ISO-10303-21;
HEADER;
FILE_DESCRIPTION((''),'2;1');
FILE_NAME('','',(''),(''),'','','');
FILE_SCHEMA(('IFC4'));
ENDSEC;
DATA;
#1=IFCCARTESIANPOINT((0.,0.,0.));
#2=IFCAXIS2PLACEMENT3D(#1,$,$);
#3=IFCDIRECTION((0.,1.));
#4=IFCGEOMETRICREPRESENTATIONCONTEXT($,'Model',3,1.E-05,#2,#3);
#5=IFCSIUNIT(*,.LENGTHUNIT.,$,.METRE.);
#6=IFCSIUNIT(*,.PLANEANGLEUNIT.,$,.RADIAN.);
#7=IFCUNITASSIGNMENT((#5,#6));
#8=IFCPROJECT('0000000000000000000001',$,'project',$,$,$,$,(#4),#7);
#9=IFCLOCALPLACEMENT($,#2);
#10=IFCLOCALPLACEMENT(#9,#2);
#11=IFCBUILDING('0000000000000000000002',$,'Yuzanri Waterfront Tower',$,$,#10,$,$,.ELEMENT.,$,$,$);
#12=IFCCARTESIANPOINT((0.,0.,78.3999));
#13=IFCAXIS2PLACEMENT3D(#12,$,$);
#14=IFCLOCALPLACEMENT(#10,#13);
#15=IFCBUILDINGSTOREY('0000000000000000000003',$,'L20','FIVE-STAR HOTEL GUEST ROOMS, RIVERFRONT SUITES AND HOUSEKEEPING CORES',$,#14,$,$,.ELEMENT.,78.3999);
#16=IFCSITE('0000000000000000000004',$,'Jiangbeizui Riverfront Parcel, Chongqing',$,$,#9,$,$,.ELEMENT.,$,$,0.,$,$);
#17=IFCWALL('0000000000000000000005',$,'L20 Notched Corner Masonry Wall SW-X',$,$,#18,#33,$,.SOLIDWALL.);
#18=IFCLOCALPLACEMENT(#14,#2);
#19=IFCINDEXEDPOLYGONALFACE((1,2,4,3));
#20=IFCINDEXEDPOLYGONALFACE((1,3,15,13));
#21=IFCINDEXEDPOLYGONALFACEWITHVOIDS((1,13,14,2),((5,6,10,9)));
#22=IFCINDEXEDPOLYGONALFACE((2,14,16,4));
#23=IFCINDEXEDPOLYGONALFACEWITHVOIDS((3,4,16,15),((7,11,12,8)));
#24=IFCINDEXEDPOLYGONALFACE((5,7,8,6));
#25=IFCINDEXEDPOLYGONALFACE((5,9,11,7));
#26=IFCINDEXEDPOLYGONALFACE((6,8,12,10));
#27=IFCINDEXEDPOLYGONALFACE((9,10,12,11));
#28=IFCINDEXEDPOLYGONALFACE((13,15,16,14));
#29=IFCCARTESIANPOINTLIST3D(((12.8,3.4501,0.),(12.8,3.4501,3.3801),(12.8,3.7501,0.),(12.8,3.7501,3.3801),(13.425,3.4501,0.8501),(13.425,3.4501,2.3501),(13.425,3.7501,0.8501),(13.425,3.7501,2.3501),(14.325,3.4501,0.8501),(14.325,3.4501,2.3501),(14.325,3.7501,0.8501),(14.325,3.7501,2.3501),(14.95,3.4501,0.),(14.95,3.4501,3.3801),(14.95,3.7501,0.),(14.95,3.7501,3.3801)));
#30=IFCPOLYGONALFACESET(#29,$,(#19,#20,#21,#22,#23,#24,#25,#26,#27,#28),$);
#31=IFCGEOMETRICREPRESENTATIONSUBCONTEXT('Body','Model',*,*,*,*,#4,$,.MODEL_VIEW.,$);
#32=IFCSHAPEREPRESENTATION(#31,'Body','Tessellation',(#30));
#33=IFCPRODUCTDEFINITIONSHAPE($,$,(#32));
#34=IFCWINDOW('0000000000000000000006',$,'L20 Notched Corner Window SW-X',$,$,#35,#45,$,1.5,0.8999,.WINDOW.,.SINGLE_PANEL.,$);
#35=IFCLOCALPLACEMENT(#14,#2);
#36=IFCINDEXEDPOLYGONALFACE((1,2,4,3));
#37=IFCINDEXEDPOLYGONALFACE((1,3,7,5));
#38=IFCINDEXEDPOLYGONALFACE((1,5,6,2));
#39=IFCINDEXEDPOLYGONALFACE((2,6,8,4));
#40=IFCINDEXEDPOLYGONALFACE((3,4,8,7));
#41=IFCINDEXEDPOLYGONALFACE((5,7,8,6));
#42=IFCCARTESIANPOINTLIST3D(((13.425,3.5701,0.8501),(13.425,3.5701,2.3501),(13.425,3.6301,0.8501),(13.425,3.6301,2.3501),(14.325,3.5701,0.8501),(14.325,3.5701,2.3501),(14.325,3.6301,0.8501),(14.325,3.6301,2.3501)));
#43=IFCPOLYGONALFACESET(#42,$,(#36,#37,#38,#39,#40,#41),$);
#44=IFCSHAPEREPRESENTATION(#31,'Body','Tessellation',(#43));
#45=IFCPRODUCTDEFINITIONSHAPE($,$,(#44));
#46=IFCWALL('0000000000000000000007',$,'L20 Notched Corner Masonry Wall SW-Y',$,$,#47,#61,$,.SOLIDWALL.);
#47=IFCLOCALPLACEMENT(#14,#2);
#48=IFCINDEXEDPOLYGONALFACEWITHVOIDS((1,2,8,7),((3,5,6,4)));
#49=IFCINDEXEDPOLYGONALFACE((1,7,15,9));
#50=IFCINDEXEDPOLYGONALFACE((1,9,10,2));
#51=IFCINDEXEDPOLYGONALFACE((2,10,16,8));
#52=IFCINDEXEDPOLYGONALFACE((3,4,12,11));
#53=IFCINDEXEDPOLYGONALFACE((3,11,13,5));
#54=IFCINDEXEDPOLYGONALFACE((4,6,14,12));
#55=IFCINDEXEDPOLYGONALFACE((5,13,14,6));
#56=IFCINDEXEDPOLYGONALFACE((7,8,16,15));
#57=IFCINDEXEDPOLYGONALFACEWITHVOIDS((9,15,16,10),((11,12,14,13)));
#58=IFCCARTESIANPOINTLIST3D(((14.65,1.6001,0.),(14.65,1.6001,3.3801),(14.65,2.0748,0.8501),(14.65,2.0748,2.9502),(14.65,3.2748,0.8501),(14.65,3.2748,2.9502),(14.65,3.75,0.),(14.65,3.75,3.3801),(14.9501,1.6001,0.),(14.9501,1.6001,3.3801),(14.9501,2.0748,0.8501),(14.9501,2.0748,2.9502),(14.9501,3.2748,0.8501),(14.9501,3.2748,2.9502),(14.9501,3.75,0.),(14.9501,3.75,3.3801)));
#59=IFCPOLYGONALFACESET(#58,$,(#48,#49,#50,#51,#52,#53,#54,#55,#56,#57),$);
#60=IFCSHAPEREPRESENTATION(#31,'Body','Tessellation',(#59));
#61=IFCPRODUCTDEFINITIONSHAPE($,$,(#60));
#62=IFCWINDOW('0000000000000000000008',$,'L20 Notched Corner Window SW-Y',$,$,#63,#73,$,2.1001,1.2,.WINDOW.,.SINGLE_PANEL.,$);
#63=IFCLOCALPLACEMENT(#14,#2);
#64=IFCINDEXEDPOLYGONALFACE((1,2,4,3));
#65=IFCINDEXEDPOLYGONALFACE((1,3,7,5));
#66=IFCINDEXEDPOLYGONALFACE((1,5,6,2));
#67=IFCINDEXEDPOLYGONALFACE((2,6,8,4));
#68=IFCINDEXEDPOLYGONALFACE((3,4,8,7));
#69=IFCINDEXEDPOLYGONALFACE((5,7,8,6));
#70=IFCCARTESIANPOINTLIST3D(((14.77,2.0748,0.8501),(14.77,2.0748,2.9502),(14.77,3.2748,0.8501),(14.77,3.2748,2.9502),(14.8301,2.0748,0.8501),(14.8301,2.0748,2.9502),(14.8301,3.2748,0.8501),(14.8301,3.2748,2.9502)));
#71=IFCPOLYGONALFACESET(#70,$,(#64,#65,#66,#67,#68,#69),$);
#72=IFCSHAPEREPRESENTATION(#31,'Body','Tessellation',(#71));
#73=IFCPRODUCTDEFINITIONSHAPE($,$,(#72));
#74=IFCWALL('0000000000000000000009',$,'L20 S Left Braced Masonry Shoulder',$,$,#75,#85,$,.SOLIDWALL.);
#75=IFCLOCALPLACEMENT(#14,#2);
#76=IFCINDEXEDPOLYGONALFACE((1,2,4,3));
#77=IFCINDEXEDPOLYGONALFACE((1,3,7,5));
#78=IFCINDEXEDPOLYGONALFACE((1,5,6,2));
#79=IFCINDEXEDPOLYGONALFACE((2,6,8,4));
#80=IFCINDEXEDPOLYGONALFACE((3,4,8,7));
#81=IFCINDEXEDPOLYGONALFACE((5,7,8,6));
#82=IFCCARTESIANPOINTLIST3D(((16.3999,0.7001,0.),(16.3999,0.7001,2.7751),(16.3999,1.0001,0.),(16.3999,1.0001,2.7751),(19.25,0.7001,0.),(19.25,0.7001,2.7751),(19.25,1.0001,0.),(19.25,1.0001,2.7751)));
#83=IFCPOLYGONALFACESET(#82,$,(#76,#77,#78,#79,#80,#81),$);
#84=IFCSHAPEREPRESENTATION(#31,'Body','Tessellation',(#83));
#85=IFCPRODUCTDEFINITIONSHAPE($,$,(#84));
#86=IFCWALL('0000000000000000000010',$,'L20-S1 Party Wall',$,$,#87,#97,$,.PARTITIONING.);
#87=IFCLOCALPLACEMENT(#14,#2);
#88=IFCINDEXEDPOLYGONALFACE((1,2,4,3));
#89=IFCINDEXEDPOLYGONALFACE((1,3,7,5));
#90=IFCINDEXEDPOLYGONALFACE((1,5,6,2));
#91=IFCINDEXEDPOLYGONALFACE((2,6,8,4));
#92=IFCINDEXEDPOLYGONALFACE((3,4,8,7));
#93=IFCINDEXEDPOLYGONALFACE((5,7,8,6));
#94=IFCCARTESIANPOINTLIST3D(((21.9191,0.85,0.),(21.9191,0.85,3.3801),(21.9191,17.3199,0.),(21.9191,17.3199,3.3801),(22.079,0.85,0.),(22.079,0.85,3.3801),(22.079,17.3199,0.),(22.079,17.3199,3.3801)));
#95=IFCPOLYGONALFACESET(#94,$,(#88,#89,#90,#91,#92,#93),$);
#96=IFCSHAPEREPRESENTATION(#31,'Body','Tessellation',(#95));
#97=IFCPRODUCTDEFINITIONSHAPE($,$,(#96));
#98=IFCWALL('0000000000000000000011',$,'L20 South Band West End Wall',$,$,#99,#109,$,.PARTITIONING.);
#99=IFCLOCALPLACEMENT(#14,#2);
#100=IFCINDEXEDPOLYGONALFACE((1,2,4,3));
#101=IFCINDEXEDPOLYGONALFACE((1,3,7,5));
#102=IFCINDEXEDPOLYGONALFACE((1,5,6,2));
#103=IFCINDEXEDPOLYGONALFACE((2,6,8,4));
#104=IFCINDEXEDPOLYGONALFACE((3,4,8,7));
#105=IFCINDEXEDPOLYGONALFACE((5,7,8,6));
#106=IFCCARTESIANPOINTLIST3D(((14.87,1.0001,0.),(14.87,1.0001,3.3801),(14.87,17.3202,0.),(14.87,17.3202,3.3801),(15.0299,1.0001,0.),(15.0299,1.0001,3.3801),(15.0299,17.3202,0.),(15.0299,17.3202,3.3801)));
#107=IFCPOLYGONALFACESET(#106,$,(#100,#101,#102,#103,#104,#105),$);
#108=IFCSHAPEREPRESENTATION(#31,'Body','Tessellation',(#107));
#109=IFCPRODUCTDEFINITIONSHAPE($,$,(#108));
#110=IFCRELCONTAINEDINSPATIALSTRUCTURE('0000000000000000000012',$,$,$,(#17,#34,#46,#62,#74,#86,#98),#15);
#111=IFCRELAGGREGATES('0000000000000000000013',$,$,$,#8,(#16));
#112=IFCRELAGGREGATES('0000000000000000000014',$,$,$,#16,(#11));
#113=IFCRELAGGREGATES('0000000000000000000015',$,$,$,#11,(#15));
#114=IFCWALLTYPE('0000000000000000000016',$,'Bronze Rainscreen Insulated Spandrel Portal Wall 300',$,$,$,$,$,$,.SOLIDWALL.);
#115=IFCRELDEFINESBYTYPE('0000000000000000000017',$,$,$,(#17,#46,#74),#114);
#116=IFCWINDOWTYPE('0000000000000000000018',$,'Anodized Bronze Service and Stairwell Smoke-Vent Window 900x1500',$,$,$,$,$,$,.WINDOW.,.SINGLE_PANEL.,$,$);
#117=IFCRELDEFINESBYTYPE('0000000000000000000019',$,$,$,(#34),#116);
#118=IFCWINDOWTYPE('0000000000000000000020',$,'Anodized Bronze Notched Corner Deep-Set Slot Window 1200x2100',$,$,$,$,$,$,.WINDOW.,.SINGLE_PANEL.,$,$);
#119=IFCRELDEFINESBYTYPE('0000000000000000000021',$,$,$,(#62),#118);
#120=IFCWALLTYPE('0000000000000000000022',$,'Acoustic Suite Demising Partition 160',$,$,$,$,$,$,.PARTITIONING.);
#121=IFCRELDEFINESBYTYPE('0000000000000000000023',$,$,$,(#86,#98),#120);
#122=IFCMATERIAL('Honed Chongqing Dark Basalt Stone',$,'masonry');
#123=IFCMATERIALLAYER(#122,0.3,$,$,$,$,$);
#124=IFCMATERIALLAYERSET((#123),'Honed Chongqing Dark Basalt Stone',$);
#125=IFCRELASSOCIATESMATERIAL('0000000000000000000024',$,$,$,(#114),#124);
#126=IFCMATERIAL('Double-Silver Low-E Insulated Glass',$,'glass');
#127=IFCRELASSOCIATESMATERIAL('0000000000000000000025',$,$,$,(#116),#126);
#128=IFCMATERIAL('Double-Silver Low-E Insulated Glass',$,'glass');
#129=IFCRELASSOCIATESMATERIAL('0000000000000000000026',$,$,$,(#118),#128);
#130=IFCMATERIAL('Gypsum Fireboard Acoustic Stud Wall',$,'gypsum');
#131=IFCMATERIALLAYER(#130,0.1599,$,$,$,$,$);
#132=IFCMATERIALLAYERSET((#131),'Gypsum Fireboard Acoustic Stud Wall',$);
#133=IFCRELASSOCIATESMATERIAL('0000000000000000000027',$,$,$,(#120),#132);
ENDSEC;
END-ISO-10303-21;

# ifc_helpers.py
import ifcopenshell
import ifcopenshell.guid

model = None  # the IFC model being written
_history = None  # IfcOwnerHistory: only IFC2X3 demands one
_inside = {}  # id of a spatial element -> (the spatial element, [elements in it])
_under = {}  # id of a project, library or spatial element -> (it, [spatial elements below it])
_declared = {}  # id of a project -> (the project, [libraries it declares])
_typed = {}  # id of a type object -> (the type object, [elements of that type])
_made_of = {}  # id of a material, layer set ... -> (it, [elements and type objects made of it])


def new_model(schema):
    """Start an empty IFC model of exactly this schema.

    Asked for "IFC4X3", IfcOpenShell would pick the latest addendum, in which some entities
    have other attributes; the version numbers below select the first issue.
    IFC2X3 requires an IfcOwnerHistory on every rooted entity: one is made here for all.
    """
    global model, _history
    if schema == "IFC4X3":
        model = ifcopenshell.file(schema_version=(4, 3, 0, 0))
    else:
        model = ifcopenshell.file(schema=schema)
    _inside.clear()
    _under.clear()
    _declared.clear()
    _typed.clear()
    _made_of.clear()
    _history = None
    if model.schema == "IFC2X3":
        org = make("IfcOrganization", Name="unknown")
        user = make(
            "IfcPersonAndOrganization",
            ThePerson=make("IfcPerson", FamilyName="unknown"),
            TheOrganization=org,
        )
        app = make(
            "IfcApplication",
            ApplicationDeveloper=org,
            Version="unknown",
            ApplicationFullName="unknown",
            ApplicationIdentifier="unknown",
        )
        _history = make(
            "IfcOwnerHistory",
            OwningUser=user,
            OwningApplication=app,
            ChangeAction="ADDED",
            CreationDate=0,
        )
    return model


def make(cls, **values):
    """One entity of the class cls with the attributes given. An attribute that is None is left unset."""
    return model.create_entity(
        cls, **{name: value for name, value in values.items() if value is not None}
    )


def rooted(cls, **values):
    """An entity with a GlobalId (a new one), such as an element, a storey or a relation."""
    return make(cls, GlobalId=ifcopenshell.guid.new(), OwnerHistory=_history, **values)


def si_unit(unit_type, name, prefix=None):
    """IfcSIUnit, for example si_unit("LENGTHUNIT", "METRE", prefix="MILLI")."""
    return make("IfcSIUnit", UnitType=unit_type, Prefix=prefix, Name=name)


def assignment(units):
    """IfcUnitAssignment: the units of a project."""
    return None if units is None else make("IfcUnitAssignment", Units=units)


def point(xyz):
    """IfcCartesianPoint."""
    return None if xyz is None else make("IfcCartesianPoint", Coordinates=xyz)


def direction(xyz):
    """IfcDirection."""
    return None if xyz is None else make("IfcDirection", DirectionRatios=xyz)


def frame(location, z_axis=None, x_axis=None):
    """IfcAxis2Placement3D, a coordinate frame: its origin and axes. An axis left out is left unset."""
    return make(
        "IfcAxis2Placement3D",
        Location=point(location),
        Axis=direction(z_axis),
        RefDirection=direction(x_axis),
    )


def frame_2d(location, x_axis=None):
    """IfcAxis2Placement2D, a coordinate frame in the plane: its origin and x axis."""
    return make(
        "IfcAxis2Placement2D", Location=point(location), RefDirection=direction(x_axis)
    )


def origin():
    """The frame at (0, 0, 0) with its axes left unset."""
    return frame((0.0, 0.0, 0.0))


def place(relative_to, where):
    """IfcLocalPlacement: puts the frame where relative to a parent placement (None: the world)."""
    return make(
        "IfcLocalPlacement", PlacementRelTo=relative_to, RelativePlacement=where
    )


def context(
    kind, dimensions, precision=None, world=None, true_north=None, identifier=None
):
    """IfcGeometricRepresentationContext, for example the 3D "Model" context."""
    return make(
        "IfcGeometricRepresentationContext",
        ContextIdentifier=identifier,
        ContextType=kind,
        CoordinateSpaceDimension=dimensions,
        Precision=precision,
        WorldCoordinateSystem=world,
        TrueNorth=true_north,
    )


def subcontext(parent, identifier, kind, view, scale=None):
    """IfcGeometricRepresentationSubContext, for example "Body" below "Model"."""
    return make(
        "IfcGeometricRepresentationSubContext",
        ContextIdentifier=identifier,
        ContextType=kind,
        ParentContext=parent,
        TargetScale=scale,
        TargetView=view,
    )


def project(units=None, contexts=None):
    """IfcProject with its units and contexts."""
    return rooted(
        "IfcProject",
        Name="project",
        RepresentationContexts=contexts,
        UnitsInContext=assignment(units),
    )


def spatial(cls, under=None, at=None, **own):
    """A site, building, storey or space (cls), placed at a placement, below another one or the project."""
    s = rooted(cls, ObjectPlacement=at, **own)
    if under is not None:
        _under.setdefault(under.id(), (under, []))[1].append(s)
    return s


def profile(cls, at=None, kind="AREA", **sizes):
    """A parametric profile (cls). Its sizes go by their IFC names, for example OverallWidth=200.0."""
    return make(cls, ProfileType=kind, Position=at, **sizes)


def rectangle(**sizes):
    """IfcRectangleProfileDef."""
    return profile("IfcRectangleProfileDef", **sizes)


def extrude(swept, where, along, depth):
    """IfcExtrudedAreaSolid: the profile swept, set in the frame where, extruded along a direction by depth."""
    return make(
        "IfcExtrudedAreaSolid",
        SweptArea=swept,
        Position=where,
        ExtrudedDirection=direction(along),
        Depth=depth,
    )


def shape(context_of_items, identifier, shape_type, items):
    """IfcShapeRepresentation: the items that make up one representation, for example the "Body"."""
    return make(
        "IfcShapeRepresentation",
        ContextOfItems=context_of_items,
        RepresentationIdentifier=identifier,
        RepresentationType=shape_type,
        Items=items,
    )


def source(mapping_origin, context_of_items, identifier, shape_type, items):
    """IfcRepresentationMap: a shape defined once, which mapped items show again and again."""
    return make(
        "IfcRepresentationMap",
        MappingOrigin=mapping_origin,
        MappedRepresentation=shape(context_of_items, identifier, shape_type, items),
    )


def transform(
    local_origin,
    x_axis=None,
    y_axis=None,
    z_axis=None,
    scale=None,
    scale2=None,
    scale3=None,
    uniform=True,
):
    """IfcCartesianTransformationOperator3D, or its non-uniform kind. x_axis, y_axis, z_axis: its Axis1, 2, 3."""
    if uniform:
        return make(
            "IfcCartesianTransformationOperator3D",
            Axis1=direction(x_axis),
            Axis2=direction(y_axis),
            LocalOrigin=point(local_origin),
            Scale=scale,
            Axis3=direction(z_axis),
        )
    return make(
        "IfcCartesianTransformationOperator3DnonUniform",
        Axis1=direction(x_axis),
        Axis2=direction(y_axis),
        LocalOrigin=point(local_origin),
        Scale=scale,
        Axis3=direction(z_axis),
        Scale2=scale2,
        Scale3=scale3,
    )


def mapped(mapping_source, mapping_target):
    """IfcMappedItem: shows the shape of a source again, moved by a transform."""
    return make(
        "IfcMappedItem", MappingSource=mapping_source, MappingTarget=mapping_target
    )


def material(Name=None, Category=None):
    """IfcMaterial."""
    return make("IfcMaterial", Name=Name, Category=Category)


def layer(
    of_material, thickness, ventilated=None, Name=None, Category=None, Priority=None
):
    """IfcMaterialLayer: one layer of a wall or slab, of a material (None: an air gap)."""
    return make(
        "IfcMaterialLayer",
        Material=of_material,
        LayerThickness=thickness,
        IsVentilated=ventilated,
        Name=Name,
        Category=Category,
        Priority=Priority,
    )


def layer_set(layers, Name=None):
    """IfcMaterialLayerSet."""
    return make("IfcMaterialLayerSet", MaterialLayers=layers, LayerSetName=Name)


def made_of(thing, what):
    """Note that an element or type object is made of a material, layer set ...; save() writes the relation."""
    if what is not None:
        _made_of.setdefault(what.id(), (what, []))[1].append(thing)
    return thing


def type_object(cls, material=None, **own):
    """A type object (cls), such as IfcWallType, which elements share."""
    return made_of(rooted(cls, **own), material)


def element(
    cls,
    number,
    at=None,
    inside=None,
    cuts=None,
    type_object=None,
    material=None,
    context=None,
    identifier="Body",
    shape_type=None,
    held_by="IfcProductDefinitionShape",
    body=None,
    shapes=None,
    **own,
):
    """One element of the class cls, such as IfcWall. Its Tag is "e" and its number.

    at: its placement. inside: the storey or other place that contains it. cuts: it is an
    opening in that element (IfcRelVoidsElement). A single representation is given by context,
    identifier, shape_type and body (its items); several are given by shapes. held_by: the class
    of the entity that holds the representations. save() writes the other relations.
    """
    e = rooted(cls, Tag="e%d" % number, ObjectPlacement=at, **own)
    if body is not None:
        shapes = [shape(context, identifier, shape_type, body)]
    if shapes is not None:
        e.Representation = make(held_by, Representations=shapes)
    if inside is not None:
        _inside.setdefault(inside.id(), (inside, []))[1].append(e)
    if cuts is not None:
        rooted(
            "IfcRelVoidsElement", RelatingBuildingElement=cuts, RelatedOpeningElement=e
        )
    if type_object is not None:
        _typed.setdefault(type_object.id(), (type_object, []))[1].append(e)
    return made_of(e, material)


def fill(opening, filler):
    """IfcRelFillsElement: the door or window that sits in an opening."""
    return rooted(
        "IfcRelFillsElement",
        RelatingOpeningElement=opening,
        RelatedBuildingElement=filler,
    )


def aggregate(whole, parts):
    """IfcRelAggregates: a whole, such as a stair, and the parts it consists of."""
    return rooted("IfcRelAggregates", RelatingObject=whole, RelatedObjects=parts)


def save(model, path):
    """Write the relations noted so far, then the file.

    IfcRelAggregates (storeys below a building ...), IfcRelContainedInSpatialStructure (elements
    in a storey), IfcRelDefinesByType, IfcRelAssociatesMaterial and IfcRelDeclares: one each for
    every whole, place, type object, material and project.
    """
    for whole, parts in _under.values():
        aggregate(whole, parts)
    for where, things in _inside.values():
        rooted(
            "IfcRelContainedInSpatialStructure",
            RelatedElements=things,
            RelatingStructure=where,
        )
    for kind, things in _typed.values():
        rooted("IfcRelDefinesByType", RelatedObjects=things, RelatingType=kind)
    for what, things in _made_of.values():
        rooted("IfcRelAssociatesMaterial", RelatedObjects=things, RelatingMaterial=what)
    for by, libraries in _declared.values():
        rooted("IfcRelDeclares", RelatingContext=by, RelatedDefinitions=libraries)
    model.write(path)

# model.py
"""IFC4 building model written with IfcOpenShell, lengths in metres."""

from ifc_helpers import new_model, si_unit, direction, frame, frame_2d, origin, place, context, subcontext, project, spatial, rectangle, extrude, source, transform, mapped, material, layer, layer_set, type_object, element, fill, save


model = new_model("IFC4")

# Units and contexts
model_context = context("Model", 3, precision=1e-05, world=origin(), true_north=direction((0.0, 1.0)))
body_context = subcontext(model_context, "Body", "Model", "MODEL_VIEW")
ifc_project = project(units=[si_unit("LENGTHUNIT", "METRE"), si_unit("PLANEANGLEUNIT", "RADIAN")], contexts=[model_context])

# Site, building, storey
site_placement = place(None, origin())
site = spatial("IfcSite", under=ifc_project, at=site_placement, Name="Jiangbeizui Riverfront Parcel, Chongqing", CompositionType="ELEMENT", RefElevation=0.0)
building_placement = place(site_placement, origin())
building = spatial("IfcBuilding", under=site, at=building_placement, Name="Yuzanri Waterfront Tower", CompositionType="ELEMENT")
storey_placement = place(building_placement, frame((0.0, 0.0, 78.3999)))
storey = spatial("IfcBuildingStorey", under=building, at=storey_placement, Name="L20", Description="FIVE-STAR HOTEL GUEST ROOMS, RIVERFRONT SUITES AND HOUSEKEEPING CORES", CompositionType="ELEMENT", Elevation=78.3999)

# Walls, openings, windows
ifc_material_1 = material(Name="Honed Chongqing Dark Basalt Stone", Category="masonry")
ifc_layer_1 = layer(ifc_material_1, 0.3)
ifc_layer_set_1 = layer_set([ifc_layer_1], Name="Honed Chongqing Dark Basalt Stone")
wall_type_1 = type_object("IfcWallType", Name="Bronze Rainscreen Insulated Spandrel Portal Wall 300", PredefinedType="SOLIDWALL", material=ifc_layer_set_1)
wall_1_placement = place(storey_placement, frame((12.8, 3.6001, 0.0), z_axis=(0.0, 0.0, 1.0), x_axis=(1.0, 0.0, 0.0)))
wall_1 = element("IfcWall", 1, at=wall_1_placement, inside=storey, type_object=wall_type_1, Name="L20 Notched Corner Masonry Wall SW-X", PredefinedType="SOLIDWALL", context=body_context, shape_type="SweptSolid", body=[
    extrude(rectangle(XDim=2.1499, YDim=0.3, at=frame_2d((1.075, 0.0))), origin(), (0.0, 0.0, 1.0), 3.3801),
])
opening_1_placement = place(wall_1_placement, frame((0.625, 0.0, 0.8501)))
opening_1 = element("IfcOpeningElement", 2, at=opening_1_placement, cuts=wall_1, PredefinedType="OPENING", context=body_context, shape_type="SweptSolid", body=[
    extrude(rectangle(XDim=0.8999, YDim=1.5, at=frame_2d((0.45, 0.75))), frame((0.0, 0.165, 0.0), z_axis=(0.0, -1.0, 0.0), x_axis=(1.0, 0.0, 0.0)), (0.0, 0.0, 1.0), 0.3298),
])
ifc_material_2 = material(Name="Double-Silver Low-E Insulated Glass", Category="glass")
window_type_1 = type_object("IfcWindowType", Name="Anodized Bronze Service and Stairwell Smoke-Vent Window 900x1500", PartitioningType="SINGLE_PANEL", PredefinedType="WINDOW", material=ifc_material_2)
shared_shape_1 = source(origin(), body_context, "Body", "SweptSolid", [
    extrude(rectangle(XDim=0.8999, YDim=1.5, at=frame_2d((0.45, 0.75))), frame((0.0, 0.03, 0.0), z_axis=(0.0, -1.0, 0.0), x_axis=(1.0, 0.0, 0.0)), (0.0, 0.0, 1.0), 0.0601),
])
window_1_placement = place(opening_1_placement, origin())
window_1 = element("IfcWindow", 3, at=window_1_placement, inside=storey, type_object=window_type_1, Name="L20 Notched Corner Window SW-X", OverallHeight=1.5, OverallWidth=0.8999, PartitioningType="SINGLE_PANEL", PredefinedType="WINDOW", context=body_context, shape_type="MappedRepresentation", body=[
    mapped(shared_shape_1, transform((0.0, 0.0, 0.0), scale=1.0)),
])
fill(opening_1, window_1)
wall_2_placement = place(storey_placement, frame((14.8, 3.75, 0.0), z_axis=(0.0, 0.0, 1.0), x_axis=(0.0, -1.0, 0.0)))
wall_2 = element("IfcWall", 4, at=wall_2_placement, inside=storey, type_object=wall_type_1, Name="L20 Notched Corner Masonry Wall SW-Y", PredefinedType="SOLIDWALL", context=body_context, shape_type="SweptSolid", body=[
    extrude(rectangle(XDim=2.1499, YDim=0.3, at=frame_2d((1.075, 0.0))), origin(), (0.0, 0.0, 1.0), 3.3801),
])
opening_2_placement = place(wall_2_placement, frame((0.4751, 0.0, 0.8501)))
opening_2 = element("IfcOpeningElement", 5, at=opening_2_placement, cuts=wall_2, PredefinedType="OPENING", context=body_context, shape_type="SweptSolid", body=[
    extrude(rectangle(XDim=1.2, YDim=2.1001, at=frame_2d((0.6001, 1.05))), frame((0.0, 0.165, 0.0), z_axis=(0.0, -1.0, 0.0), x_axis=(1.0, 0.0, 0.0)), (0.0, 0.0, 1.0), 0.3298),
])
ifc_material_3 = material(Name="Double-Silver Low-E Insulated Glass", Category="glass")
window_type_2 = type_object("IfcWindowType", Name="Anodized Bronze Notched Corner Deep-Set Slot Window 1200x2100", PartitioningType="SINGLE_PANEL", PredefinedType="WINDOW", material=ifc_material_3)
shared_shape_2 = source(origin(), body_context, "Body", "SweptSolid", [
    extrude(rectangle(XDim=1.2, YDim=2.1001, at=frame_2d((0.6001, 1.05))), frame((0.0, 0.03, 0.0), z_axis=(0.0, -1.0, 0.0), x_axis=(1.0, 0.0, 0.0)), (0.0, 0.0, 1.0), 0.0601),
])
window_2_placement = place(opening_2_placement, origin())
window_2 = element("IfcWindow", 6, at=window_2_placement, inside=storey, type_object=window_type_2, Name="L20 Notched Corner Window SW-Y", OverallHeight=2.1001, OverallWidth=1.2, PartitioningType="SINGLE_PANEL", PredefinedType="WINDOW", context=body_context, shape_type="MappedRepresentation", body=[
    mapped(shared_shape_2, transform((0.0, 0.0, 0.0), scale=1.0)),
])
fill(opening_2, window_2)

# Walls
shared_shape_3 = source(origin(), body_context, "Body", "SweptSolid", [
    extrude(rectangle(XDim=2.8501, YDim=0.3, at=frame_2d((1.425, 0.0))), origin(), (0.0, 0.0, 1.0), 2.7751),
])
wall_3_placement = place(storey_placement, frame((16.3999, 0.8501, 0.0), z_axis=(0.0, 0.0, 1.0), x_axis=(1.0, 0.0, 0.0)))
element("IfcWall", 7, at=wall_3_placement, inside=storey, type_object=wall_type_1, Name="L20 S Left Braced Masonry Shoulder", PredefinedType="SOLIDWALL", context=body_context, shape_type="MappedRepresentation", body=[
    mapped(shared_shape_3, transform((0.0, 0.0, 0.0), scale=1.0)),
])
ifc_material_4 = material(Name="Gypsum Fireboard Acoustic Stud Wall", Category="gypsum")
ifc_layer_2 = layer(ifc_material_4, 0.1599)
ifc_layer_set_2 = layer_set([ifc_layer_2], Name="Gypsum Fireboard Acoustic Stud Wall")
wall_type_2 = type_object("IfcWallType", Name="Acoustic Suite Demising Partition 160", PredefinedType="PARTITIONING", material=ifc_layer_set_2)
shared_shape_4 = source(origin(), body_context, "Body", "SweptSolid", [
    extrude(rectangle(XDim=16.47, YDim=0.1599, at=frame_2d((8.2349, 0.0))), origin(), (0.0, 0.0, 1.0), 3.3801),
])
wall_4_placement = place(storey_placement, frame((21.999, 0.8501, 0.0), z_axis=(0.0, 0.0, 1.0), x_axis=(0.0, 1.0, 0.0)))
element("IfcWall", 8, at=wall_4_placement, inside=storey, type_object=wall_type_2, Name="L20-S1 Party Wall", PredefinedType="PARTITIONING", context=body_context, shape_type="MappedRepresentation", body=[
    mapped(shared_shape_4, transform((0.0, 0.0, 0.0), scale=1.0)),
])
shared_shape_5 = source(origin(), body_context, "Body", "SweptSolid", [
    extrude(rectangle(XDim=16.3201, YDim=0.1599, at=frame_2d((8.1602, 0.0))), origin(), (0.0, 0.0, 1.0), 3.3801),
])
wall_5_placement = place(storey_placement, frame((14.95, 1.0, 0.0), z_axis=(0.0, 0.0, 1.0), x_axis=(0.0, 1.0, 0.0)))
element("IfcWall", 9, at=wall_5_placement, inside=storey, type_object=wall_type_2, Name="L20 South Band West End Wall", PredefinedType="PARTITIONING", context=body_context, shape_type="MappedRepresentation", body=[
    mapped(shared_shape_5, transform((0.0, 0.0, 0.0), scale=1.0)),
])

save(model, "model.ifc")
